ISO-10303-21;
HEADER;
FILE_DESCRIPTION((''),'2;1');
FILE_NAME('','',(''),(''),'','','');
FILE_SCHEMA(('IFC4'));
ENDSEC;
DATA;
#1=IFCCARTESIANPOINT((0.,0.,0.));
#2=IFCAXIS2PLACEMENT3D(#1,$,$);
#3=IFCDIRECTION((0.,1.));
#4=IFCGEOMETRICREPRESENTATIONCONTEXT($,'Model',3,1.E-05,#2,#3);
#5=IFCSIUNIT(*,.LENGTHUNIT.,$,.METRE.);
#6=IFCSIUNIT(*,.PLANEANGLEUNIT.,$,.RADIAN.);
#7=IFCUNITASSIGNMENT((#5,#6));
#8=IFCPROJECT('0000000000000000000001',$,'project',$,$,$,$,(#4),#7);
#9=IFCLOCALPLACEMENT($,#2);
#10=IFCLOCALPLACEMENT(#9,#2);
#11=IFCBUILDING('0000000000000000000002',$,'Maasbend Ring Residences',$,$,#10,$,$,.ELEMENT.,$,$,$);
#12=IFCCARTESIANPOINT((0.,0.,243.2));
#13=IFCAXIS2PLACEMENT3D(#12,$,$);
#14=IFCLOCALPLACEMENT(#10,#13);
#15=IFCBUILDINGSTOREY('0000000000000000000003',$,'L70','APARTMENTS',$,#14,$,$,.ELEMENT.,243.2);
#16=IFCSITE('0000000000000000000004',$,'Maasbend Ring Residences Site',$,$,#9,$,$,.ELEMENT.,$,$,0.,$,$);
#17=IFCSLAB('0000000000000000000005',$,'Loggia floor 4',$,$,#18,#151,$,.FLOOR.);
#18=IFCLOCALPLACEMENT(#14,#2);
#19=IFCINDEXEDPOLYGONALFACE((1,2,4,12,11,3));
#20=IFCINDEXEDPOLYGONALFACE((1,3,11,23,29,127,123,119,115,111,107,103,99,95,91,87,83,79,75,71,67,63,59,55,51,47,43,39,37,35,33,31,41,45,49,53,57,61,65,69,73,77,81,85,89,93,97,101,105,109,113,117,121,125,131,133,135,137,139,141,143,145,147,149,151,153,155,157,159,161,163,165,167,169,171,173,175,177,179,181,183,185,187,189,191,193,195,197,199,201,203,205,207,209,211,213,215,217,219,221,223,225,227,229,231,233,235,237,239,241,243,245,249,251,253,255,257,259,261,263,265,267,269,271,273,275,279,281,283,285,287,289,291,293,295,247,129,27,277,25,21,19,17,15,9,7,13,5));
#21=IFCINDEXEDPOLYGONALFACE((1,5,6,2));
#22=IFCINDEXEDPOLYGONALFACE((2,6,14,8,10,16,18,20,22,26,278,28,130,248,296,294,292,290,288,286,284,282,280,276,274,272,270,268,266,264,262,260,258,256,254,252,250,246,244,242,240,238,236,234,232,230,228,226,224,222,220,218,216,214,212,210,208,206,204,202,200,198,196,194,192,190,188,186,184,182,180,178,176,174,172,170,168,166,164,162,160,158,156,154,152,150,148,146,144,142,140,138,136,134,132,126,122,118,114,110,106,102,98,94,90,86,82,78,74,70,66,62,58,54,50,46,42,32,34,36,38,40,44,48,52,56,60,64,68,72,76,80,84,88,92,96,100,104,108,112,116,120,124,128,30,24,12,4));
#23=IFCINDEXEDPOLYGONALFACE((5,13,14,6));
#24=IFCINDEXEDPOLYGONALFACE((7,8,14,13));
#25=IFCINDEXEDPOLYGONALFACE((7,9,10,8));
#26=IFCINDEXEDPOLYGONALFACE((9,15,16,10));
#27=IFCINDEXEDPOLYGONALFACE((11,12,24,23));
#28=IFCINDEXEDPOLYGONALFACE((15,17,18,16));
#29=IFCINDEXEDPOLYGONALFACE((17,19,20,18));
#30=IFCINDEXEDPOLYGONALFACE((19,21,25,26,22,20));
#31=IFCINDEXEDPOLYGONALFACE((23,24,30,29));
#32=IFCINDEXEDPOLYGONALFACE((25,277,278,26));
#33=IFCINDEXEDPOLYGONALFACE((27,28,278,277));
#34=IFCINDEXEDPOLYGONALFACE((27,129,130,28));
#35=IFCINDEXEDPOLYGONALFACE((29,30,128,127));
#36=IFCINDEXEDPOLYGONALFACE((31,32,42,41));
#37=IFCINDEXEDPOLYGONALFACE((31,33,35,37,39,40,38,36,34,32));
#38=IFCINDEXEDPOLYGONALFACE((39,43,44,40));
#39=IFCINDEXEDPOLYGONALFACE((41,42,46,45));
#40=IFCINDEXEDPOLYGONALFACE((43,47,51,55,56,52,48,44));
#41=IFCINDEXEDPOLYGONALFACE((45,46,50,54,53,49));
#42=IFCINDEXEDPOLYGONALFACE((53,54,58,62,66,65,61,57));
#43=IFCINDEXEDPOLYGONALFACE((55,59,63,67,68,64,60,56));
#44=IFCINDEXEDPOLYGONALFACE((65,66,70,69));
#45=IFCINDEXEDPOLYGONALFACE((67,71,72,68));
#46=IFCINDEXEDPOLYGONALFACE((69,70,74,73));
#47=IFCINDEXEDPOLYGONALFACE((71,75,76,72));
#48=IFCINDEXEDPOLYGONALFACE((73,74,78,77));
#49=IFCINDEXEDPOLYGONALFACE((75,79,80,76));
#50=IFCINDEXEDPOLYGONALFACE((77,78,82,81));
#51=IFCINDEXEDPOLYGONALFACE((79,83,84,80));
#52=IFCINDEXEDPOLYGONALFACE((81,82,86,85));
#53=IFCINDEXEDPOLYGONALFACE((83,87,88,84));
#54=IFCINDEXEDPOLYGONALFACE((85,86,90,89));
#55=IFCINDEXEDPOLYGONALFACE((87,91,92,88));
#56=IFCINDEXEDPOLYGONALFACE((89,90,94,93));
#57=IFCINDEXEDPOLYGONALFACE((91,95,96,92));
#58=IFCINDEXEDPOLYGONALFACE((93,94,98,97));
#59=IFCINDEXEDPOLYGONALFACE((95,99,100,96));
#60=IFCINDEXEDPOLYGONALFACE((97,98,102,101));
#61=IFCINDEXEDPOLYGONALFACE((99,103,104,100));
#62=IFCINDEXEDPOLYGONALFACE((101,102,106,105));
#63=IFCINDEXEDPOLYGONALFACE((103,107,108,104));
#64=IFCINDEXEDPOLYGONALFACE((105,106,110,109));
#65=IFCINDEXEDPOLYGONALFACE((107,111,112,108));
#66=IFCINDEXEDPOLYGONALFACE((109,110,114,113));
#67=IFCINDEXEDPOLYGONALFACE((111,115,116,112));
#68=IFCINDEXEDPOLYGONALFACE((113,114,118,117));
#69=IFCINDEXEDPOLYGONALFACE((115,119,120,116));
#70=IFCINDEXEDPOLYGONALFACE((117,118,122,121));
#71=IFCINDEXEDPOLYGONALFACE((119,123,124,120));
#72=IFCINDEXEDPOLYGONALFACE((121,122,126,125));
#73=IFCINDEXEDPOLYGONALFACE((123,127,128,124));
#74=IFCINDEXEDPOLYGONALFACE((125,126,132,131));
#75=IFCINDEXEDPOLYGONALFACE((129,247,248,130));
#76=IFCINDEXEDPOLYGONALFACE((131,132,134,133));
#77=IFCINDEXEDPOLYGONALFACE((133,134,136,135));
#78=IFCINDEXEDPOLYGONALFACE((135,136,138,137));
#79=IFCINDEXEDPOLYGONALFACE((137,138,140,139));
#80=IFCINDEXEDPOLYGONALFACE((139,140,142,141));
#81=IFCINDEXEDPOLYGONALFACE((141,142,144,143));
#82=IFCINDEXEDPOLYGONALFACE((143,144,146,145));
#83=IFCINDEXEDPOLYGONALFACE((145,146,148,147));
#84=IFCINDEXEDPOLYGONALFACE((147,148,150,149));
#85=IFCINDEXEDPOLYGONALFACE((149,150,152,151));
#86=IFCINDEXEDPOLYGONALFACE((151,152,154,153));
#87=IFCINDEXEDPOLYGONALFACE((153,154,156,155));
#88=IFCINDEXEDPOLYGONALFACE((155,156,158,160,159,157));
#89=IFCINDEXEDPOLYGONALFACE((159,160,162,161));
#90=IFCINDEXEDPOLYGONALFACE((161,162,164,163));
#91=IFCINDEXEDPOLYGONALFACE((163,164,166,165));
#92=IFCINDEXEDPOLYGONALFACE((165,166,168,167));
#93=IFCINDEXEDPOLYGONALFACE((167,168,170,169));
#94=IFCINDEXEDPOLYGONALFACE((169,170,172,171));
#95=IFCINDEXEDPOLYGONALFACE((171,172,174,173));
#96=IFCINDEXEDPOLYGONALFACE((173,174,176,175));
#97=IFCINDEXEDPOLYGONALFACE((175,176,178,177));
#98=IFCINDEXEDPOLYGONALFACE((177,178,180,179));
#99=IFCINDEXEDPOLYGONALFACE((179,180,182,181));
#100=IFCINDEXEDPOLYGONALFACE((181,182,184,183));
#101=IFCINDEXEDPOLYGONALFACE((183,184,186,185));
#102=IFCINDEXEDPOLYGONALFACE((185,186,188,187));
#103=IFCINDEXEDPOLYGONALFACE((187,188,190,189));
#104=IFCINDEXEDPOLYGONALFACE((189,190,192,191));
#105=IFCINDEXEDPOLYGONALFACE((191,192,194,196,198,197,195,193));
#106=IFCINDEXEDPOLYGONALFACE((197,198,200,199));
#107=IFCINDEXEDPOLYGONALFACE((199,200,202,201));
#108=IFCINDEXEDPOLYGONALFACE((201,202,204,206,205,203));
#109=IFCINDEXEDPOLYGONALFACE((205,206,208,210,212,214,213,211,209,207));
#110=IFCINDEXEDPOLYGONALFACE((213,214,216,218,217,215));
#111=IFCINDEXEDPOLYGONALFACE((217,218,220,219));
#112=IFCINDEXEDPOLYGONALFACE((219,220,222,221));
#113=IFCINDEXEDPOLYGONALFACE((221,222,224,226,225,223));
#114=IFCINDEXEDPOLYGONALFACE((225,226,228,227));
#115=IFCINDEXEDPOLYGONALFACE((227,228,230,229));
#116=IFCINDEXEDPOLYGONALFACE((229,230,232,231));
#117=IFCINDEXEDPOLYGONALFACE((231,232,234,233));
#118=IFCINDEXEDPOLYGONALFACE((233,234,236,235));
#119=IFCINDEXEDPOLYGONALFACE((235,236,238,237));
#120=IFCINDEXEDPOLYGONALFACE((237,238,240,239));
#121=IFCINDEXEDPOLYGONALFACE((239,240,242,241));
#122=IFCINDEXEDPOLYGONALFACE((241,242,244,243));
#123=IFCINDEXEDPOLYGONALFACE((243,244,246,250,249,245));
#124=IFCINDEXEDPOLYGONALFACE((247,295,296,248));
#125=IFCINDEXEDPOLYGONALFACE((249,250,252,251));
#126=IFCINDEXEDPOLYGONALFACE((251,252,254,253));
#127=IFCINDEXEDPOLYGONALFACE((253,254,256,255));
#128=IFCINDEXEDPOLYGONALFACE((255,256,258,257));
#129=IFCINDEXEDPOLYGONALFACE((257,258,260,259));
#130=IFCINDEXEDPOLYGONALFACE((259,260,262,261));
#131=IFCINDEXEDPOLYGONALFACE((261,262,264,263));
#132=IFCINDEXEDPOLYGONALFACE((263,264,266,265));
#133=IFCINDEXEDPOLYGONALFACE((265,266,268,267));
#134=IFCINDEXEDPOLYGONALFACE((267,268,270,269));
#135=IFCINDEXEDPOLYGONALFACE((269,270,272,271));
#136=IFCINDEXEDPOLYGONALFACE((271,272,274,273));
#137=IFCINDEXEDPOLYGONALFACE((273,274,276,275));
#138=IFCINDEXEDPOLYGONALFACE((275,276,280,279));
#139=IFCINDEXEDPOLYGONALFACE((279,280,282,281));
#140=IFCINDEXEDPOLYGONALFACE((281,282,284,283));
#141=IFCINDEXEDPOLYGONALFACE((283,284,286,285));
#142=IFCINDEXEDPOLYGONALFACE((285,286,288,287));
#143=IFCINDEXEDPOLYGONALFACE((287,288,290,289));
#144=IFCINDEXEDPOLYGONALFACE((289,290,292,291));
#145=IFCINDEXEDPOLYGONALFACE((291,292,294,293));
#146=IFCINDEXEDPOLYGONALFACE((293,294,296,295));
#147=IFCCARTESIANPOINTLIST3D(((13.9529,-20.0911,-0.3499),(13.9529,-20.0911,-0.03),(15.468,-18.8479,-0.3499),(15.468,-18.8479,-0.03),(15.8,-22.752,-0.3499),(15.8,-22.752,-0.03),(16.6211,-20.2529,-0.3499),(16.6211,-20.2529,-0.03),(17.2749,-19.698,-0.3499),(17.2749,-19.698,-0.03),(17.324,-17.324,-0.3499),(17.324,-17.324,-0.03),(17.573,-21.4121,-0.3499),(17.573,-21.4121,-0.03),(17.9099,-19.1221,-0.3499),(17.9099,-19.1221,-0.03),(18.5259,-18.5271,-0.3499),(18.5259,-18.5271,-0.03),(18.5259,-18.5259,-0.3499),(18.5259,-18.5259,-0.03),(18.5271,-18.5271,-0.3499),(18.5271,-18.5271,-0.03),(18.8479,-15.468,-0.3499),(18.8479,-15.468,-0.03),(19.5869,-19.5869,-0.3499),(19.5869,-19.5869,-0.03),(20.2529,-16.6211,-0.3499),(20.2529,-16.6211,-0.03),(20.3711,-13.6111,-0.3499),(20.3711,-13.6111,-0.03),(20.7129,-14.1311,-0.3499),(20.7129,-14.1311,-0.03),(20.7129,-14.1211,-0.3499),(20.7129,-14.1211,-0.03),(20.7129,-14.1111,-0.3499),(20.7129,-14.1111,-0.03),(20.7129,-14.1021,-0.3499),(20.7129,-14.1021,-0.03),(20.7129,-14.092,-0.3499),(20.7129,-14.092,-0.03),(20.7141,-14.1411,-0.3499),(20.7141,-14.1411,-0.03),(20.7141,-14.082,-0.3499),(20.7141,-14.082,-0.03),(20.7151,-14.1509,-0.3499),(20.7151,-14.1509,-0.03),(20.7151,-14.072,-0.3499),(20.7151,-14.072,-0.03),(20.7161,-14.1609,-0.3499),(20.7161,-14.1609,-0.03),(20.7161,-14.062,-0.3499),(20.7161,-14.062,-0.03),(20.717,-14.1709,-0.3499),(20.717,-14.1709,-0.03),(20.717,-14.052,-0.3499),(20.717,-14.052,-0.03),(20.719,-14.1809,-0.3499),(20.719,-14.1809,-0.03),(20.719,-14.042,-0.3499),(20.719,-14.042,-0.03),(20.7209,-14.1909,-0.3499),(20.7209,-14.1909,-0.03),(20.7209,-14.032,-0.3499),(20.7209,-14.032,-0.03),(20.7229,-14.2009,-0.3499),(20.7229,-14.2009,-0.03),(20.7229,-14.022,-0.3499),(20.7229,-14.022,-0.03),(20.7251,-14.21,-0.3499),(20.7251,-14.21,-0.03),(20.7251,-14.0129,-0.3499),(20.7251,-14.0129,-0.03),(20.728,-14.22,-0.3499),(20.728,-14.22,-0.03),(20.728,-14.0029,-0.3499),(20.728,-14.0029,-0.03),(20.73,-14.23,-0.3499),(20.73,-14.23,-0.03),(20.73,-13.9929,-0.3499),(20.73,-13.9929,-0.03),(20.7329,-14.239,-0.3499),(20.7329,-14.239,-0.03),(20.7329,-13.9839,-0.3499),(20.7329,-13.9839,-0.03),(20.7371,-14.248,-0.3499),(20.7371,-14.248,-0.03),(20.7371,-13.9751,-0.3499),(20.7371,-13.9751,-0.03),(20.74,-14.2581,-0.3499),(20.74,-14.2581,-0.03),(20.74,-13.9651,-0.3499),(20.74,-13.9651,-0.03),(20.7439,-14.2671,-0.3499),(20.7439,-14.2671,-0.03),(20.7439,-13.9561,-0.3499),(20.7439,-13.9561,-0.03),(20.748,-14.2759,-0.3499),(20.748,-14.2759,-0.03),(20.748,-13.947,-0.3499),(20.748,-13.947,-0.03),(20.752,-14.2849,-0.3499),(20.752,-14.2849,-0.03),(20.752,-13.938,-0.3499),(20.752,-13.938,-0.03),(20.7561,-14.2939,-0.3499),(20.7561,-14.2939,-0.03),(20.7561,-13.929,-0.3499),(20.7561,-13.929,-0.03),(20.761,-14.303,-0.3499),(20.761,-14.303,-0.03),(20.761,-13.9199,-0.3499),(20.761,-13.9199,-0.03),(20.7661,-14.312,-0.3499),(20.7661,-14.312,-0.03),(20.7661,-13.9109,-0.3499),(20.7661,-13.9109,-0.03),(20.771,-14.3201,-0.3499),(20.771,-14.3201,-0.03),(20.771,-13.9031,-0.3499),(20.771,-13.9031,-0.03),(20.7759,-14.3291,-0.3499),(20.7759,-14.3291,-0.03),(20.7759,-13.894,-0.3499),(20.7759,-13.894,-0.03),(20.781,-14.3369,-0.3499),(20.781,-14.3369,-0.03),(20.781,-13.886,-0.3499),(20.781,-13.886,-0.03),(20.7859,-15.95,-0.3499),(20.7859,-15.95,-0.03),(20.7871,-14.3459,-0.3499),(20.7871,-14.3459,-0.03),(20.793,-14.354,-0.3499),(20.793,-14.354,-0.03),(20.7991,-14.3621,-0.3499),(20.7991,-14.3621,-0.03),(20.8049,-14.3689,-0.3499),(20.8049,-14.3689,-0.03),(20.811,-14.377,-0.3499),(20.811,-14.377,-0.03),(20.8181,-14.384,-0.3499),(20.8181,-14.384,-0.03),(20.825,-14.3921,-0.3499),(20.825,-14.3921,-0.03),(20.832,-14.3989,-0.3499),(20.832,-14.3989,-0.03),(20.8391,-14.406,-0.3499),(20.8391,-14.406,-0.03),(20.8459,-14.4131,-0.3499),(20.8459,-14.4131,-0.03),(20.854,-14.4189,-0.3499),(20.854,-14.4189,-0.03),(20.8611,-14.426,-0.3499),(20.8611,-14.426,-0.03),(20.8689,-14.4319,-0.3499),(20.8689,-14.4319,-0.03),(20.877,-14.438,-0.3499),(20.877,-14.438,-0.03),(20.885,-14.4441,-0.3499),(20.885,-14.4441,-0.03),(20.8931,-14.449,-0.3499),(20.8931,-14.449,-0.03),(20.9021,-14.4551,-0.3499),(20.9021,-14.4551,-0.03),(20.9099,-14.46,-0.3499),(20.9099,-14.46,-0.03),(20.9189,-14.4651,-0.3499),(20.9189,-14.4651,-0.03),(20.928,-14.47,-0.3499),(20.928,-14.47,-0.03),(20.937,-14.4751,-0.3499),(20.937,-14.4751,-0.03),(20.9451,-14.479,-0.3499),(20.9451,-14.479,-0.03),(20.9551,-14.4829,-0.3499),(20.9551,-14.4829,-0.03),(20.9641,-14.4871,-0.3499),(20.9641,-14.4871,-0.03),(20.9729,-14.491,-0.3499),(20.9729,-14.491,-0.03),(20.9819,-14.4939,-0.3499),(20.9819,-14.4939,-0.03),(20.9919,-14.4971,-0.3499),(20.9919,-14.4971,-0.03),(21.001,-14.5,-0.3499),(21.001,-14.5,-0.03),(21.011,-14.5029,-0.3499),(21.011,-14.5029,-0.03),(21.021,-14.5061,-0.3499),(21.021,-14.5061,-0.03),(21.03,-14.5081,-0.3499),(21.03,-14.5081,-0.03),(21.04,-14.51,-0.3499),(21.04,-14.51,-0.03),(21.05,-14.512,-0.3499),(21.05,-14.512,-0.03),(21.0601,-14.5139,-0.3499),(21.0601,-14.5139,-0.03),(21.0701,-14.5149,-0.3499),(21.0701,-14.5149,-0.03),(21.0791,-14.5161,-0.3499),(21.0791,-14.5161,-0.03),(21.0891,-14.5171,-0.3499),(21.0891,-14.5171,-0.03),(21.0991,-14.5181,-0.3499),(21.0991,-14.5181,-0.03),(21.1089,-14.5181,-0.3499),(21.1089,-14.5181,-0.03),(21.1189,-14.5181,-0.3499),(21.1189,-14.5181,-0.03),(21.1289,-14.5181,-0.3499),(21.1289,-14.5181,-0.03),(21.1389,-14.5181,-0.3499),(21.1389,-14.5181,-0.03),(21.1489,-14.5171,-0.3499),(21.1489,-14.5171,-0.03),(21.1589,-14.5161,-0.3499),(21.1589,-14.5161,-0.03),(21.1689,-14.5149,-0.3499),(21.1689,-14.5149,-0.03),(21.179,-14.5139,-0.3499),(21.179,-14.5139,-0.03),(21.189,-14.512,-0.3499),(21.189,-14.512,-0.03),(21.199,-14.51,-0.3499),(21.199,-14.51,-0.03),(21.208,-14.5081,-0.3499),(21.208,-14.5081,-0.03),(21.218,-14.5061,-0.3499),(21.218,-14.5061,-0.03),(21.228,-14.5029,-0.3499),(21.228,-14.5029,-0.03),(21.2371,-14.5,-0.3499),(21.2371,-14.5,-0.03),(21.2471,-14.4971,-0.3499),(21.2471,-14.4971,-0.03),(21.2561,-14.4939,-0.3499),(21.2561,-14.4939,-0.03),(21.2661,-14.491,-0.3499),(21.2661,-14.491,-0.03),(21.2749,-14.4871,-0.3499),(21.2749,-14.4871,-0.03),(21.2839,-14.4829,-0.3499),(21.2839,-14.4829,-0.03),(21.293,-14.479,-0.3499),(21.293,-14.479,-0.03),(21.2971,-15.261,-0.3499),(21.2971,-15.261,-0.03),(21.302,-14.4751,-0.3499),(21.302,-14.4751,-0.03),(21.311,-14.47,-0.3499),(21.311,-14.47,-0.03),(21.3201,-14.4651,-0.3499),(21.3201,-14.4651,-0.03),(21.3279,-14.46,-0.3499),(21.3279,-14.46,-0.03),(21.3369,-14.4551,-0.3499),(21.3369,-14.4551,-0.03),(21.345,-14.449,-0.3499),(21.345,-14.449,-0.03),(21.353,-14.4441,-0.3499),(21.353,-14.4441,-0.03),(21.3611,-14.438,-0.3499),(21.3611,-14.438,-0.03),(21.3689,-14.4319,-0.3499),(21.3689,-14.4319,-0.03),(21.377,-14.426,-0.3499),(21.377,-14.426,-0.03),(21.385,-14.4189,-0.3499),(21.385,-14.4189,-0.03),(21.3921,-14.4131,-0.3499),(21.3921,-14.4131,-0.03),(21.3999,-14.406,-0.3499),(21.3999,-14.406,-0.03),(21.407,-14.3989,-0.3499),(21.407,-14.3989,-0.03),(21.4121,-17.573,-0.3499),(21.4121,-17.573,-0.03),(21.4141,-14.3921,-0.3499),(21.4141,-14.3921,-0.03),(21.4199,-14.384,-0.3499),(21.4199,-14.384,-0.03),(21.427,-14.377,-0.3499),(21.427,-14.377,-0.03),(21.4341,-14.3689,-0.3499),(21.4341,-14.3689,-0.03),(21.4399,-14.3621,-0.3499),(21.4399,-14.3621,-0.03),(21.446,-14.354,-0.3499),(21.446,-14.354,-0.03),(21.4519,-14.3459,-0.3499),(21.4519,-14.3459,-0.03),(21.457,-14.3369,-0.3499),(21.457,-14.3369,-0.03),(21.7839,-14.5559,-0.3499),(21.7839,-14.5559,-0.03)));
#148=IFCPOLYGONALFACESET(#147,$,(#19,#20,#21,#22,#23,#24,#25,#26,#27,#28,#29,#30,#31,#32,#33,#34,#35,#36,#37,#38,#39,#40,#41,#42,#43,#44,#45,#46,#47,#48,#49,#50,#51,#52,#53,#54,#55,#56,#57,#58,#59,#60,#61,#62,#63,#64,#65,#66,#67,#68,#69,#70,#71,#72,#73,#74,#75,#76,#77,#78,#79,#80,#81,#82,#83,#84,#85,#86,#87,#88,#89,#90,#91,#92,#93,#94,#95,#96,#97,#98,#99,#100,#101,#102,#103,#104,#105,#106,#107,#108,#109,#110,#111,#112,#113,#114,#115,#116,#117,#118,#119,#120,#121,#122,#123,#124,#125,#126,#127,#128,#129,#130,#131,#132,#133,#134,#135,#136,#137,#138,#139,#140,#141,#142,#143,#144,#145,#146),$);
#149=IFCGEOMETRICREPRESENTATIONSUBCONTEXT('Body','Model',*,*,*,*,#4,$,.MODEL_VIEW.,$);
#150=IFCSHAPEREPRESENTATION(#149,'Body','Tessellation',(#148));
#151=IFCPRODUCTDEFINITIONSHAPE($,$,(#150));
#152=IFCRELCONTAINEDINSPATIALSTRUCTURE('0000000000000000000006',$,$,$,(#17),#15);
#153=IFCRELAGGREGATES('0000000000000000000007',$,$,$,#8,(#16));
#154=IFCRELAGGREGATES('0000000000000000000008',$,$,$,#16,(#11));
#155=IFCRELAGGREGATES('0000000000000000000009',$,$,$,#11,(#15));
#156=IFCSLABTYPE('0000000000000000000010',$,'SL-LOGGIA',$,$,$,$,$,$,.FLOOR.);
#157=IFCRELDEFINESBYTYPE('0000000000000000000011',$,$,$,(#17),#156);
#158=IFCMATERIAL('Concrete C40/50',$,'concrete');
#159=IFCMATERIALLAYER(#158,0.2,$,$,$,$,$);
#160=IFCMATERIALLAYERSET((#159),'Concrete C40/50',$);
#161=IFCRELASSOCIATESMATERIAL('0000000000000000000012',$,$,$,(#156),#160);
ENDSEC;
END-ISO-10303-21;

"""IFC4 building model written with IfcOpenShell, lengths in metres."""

from ifc_helpers import new_model, si_unit, direction, frame, origin, place, context, subcontext, project, spatial, polyline, outline, extrude, material, layer, layer_set, type_object, element, save


model = new_model("IFC4")

# Units and contexts
model_context = context("Model", 3, precision=1e-05, world=origin(), true_north=direction((0.0, 1.0)))
body_context = subcontext(model_context, "Body", "Model", "MODEL_VIEW")
ifc_project = project(units=[si_unit("LENGTHUNIT", "METRE"), si_unit("PLANEANGLEUNIT", "RADIAN")], contexts=[model_context])

# Site, building, storey
site_placement = place(None, origin())
site = spatial("IfcSite", under=ifc_project, at=site_placement, Name="Maasbend Ring Residences Site", CompositionType="ELEMENT", RefElevation=0.0)
building_placement = place(site_placement, origin())
building = spatial("IfcBuilding", under=site, at=building_placement, Name="Maasbend Ring Residences", CompositionType="ELEMENT")
storey_placement = place(building_placement, frame((0.0, 0.0, 243.2)))
storey = spatial("IfcBuildingStorey", under=building, at=storey_placement, Name="L70", Description="APARTMENTS", CompositionType="ELEMENT", Elevation=243.2)

# Slab
ifc_material_1 = material(Name="Concrete C40/50", Category="concrete")
ifc_layer_1 = layer(ifc_material_1, 0.2)
ifc_layer_set_1 = layer_set([ifc_layer_1], Name="Concrete C40/50")
slab_type_1 = type_object("IfcSlabType", Name="SL-LOGGIA", PredefinedType="FLOOR", material=ifc_layer_set_1)
slab_1_placement = place(storey_placement, frame((0.0, 0.0, -0.3499)))
element("IfcSlab", 1, at=slab_1_placement, inside=storey, type_object=slab_type_1, Name="Loggia floor 4", PredefinedType="FLOOR", context=body_context, shape_type="SweptSolid", body=[
    extrude(outline(polyline([(17.324, -17.324), (18.8479, -15.468), (20.3711, -13.6111), (20.781, -13.886), (20.7759, -13.894), (20.771, -13.9031), (20.7661, -13.9109), (20.761, -13.9199), (20.7561, -13.929), (20.752, -13.938), (20.748, -13.947), (20.7439, -13.9561), (20.74, -13.9651), (20.7371, -13.9751), (20.7329, -13.9839), (20.73, -13.9929), (20.728, -14.0029), (20.7251, -14.0129), (20.7229, -14.022), (20.7209, -14.032), (20.719, -14.042), (20.717, -14.052), (20.7161, -14.062), (20.7151, -14.072), (20.7141, -14.082), (20.7129, -14.092), (20.7129, -14.1021), (20.7129, -14.1111), (20.7129, -14.1211), (20.7129, -14.1311), (20.7141, -14.1411), (20.7151, -14.1509), (20.7161, -14.1609), (20.717, -14.1709), (20.719, -14.1809), (20.7209, -14.1909), (20.7229, -14.2009), (20.7251, -14.21), (20.728, -14.22), (20.73, -14.23), (20.7329, -14.239), (20.7371, -14.248), (20.74, -14.2581), (20.7439, -14.2671), (20.748, -14.2759), (20.752, -14.2849), (20.7561, -14.2939), (20.761, -14.303), (20.7661, -14.312), (20.771, -14.3201), (20.7759, -14.3291), (20.781, -14.3369), (20.7871, -14.3459), (20.793, -14.354), (20.7991, -14.3621), (20.8049, -14.3689), (20.811, -14.377), (20.8181, -14.384), (20.825, -14.3921), (20.832, -14.3989), (20.8391, -14.406), (20.8459, -14.4131), (20.854, -14.4189), (20.8611, -14.426), (20.8689, -14.4319), (20.877, -14.438), (20.885, -14.4441), (20.8931, -14.449), (20.9021, -14.4551), (20.9099, -14.46), (20.9189, -14.4651), (20.928, -14.47), (20.937, -14.4751), (20.9451, -14.479), (20.9551, -14.4829), (20.9641, -14.4871), (20.9729, -14.491), (20.9819, -14.4939), (20.9919, -14.4971), (21.001, -14.5), (21.011, -14.5029), (21.021, -14.5061), (21.03, -14.5081), (21.04, -14.51), (21.05, -14.512), (21.0601, -14.5139), (21.0701, -14.5149), (21.0791, -14.5161), (21.0891, -14.5171), (21.0991, -14.5181), (21.1089, -14.5181), (21.1189, -14.5181), (21.1289, -14.5181), (21.1389, -14.5181), (21.1489, -14.5171), (21.1589, -14.5161), (21.1689, -14.5149), (21.179, -14.5139), (21.189, -14.512), (21.199, -14.51), (21.208, -14.5081), (21.218, -14.5061), (21.228, -14.5029), (21.2371, -14.5), (21.2471, -14.4971), (21.2561, -14.4939), (21.2661, -14.491), (21.2749, -14.4871), (21.2839, -14.4829), (21.293, -14.479), (21.302, -14.4751), (21.311, -14.47), (21.3201, -14.4651), (21.3279, -14.46), (21.3369, -14.4551), (21.345, -14.449), (21.353, -14.4441), (21.3611, -14.438), (21.3689, -14.4319), (21.377, -14.426), (21.385, -14.4189), (21.3921, -14.4131), (21.3999, -14.406), (21.407, -14.3989), (21.4141, -14.3921), (21.4199, -14.384), (21.427, -14.377), (21.4341, -14.3689), (21.4399, -14.3621), (21.446, -14.354), (21.4519, -14.3459), (21.457, -14.3369), (21.7839, -14.5559), (21.2971, -15.261), (20.7859, -15.95), (20.2529, -16.6211), (20.2529, -16.6211), (20.2529, -16.6211), (20.2529, -16.6211), (20.2529, -16.6211), (20.2529, -16.6211), (20.2529, -16.6211), (20.2529, -16.6211), (20.2529, -16.6211), (20.2529, -16.6211), (20.2529, -16.6211), (20.2529, -16.6211), (20.2529, -16.6211), (20.2529, -16.6211), (20.2529, -16.6211), (20.2529, -16.6211), (20.2529, -16.6211), (21.4121, -17.573), (19.5869, -19.5869), (18.5271, -18.5271), (18.5271, -18.5271), (18.5259, -18.5259), (18.5259, -18.5259), (18.5259, -18.5259), (18.5259, -18.5259), (18.5259, -18.5259), (18.5259, -18.5259), (18.5259, -18.5259), (18.5259, -18.5259), (18.5259, -18.5259), (18.5259, -18.5259), (18.5259, -18.5259), (18.5259, -18.5259), (18.5259, -18.5259), (18.5259, -18.5271), (18.5259, -18.5271), (17.9099, -19.1221), (17.2749, -19.698), (16.6211, -20.2529), (16.6211, -20.2529), (16.6211, -20.2529), (16.6211, -20.2529), (16.6211, -20.2529), (16.6211, -20.2529), (16.6211, -20.2529), (16.6211, -20.2529), (16.6211, -20.2529), (16.6211, -20.2529), (16.6211, -20.2529), (16.6211, -20.2529), (16.6211, -20.2529), (16.6211, -20.2529), (16.6211, -20.2529), (16.6211, -20.2529), (16.6211, -20.2529), (17.573, -21.4121), (15.8, -22.752), (13.9529, -20.0911), (15.468, -18.8479), (17.324, -17.324), (17.324, -17.324), (17.324, -17.324)])), origin(), (0.0, 0.0, 1.0), 0.3198),
])

save(model, "model.ifc")
